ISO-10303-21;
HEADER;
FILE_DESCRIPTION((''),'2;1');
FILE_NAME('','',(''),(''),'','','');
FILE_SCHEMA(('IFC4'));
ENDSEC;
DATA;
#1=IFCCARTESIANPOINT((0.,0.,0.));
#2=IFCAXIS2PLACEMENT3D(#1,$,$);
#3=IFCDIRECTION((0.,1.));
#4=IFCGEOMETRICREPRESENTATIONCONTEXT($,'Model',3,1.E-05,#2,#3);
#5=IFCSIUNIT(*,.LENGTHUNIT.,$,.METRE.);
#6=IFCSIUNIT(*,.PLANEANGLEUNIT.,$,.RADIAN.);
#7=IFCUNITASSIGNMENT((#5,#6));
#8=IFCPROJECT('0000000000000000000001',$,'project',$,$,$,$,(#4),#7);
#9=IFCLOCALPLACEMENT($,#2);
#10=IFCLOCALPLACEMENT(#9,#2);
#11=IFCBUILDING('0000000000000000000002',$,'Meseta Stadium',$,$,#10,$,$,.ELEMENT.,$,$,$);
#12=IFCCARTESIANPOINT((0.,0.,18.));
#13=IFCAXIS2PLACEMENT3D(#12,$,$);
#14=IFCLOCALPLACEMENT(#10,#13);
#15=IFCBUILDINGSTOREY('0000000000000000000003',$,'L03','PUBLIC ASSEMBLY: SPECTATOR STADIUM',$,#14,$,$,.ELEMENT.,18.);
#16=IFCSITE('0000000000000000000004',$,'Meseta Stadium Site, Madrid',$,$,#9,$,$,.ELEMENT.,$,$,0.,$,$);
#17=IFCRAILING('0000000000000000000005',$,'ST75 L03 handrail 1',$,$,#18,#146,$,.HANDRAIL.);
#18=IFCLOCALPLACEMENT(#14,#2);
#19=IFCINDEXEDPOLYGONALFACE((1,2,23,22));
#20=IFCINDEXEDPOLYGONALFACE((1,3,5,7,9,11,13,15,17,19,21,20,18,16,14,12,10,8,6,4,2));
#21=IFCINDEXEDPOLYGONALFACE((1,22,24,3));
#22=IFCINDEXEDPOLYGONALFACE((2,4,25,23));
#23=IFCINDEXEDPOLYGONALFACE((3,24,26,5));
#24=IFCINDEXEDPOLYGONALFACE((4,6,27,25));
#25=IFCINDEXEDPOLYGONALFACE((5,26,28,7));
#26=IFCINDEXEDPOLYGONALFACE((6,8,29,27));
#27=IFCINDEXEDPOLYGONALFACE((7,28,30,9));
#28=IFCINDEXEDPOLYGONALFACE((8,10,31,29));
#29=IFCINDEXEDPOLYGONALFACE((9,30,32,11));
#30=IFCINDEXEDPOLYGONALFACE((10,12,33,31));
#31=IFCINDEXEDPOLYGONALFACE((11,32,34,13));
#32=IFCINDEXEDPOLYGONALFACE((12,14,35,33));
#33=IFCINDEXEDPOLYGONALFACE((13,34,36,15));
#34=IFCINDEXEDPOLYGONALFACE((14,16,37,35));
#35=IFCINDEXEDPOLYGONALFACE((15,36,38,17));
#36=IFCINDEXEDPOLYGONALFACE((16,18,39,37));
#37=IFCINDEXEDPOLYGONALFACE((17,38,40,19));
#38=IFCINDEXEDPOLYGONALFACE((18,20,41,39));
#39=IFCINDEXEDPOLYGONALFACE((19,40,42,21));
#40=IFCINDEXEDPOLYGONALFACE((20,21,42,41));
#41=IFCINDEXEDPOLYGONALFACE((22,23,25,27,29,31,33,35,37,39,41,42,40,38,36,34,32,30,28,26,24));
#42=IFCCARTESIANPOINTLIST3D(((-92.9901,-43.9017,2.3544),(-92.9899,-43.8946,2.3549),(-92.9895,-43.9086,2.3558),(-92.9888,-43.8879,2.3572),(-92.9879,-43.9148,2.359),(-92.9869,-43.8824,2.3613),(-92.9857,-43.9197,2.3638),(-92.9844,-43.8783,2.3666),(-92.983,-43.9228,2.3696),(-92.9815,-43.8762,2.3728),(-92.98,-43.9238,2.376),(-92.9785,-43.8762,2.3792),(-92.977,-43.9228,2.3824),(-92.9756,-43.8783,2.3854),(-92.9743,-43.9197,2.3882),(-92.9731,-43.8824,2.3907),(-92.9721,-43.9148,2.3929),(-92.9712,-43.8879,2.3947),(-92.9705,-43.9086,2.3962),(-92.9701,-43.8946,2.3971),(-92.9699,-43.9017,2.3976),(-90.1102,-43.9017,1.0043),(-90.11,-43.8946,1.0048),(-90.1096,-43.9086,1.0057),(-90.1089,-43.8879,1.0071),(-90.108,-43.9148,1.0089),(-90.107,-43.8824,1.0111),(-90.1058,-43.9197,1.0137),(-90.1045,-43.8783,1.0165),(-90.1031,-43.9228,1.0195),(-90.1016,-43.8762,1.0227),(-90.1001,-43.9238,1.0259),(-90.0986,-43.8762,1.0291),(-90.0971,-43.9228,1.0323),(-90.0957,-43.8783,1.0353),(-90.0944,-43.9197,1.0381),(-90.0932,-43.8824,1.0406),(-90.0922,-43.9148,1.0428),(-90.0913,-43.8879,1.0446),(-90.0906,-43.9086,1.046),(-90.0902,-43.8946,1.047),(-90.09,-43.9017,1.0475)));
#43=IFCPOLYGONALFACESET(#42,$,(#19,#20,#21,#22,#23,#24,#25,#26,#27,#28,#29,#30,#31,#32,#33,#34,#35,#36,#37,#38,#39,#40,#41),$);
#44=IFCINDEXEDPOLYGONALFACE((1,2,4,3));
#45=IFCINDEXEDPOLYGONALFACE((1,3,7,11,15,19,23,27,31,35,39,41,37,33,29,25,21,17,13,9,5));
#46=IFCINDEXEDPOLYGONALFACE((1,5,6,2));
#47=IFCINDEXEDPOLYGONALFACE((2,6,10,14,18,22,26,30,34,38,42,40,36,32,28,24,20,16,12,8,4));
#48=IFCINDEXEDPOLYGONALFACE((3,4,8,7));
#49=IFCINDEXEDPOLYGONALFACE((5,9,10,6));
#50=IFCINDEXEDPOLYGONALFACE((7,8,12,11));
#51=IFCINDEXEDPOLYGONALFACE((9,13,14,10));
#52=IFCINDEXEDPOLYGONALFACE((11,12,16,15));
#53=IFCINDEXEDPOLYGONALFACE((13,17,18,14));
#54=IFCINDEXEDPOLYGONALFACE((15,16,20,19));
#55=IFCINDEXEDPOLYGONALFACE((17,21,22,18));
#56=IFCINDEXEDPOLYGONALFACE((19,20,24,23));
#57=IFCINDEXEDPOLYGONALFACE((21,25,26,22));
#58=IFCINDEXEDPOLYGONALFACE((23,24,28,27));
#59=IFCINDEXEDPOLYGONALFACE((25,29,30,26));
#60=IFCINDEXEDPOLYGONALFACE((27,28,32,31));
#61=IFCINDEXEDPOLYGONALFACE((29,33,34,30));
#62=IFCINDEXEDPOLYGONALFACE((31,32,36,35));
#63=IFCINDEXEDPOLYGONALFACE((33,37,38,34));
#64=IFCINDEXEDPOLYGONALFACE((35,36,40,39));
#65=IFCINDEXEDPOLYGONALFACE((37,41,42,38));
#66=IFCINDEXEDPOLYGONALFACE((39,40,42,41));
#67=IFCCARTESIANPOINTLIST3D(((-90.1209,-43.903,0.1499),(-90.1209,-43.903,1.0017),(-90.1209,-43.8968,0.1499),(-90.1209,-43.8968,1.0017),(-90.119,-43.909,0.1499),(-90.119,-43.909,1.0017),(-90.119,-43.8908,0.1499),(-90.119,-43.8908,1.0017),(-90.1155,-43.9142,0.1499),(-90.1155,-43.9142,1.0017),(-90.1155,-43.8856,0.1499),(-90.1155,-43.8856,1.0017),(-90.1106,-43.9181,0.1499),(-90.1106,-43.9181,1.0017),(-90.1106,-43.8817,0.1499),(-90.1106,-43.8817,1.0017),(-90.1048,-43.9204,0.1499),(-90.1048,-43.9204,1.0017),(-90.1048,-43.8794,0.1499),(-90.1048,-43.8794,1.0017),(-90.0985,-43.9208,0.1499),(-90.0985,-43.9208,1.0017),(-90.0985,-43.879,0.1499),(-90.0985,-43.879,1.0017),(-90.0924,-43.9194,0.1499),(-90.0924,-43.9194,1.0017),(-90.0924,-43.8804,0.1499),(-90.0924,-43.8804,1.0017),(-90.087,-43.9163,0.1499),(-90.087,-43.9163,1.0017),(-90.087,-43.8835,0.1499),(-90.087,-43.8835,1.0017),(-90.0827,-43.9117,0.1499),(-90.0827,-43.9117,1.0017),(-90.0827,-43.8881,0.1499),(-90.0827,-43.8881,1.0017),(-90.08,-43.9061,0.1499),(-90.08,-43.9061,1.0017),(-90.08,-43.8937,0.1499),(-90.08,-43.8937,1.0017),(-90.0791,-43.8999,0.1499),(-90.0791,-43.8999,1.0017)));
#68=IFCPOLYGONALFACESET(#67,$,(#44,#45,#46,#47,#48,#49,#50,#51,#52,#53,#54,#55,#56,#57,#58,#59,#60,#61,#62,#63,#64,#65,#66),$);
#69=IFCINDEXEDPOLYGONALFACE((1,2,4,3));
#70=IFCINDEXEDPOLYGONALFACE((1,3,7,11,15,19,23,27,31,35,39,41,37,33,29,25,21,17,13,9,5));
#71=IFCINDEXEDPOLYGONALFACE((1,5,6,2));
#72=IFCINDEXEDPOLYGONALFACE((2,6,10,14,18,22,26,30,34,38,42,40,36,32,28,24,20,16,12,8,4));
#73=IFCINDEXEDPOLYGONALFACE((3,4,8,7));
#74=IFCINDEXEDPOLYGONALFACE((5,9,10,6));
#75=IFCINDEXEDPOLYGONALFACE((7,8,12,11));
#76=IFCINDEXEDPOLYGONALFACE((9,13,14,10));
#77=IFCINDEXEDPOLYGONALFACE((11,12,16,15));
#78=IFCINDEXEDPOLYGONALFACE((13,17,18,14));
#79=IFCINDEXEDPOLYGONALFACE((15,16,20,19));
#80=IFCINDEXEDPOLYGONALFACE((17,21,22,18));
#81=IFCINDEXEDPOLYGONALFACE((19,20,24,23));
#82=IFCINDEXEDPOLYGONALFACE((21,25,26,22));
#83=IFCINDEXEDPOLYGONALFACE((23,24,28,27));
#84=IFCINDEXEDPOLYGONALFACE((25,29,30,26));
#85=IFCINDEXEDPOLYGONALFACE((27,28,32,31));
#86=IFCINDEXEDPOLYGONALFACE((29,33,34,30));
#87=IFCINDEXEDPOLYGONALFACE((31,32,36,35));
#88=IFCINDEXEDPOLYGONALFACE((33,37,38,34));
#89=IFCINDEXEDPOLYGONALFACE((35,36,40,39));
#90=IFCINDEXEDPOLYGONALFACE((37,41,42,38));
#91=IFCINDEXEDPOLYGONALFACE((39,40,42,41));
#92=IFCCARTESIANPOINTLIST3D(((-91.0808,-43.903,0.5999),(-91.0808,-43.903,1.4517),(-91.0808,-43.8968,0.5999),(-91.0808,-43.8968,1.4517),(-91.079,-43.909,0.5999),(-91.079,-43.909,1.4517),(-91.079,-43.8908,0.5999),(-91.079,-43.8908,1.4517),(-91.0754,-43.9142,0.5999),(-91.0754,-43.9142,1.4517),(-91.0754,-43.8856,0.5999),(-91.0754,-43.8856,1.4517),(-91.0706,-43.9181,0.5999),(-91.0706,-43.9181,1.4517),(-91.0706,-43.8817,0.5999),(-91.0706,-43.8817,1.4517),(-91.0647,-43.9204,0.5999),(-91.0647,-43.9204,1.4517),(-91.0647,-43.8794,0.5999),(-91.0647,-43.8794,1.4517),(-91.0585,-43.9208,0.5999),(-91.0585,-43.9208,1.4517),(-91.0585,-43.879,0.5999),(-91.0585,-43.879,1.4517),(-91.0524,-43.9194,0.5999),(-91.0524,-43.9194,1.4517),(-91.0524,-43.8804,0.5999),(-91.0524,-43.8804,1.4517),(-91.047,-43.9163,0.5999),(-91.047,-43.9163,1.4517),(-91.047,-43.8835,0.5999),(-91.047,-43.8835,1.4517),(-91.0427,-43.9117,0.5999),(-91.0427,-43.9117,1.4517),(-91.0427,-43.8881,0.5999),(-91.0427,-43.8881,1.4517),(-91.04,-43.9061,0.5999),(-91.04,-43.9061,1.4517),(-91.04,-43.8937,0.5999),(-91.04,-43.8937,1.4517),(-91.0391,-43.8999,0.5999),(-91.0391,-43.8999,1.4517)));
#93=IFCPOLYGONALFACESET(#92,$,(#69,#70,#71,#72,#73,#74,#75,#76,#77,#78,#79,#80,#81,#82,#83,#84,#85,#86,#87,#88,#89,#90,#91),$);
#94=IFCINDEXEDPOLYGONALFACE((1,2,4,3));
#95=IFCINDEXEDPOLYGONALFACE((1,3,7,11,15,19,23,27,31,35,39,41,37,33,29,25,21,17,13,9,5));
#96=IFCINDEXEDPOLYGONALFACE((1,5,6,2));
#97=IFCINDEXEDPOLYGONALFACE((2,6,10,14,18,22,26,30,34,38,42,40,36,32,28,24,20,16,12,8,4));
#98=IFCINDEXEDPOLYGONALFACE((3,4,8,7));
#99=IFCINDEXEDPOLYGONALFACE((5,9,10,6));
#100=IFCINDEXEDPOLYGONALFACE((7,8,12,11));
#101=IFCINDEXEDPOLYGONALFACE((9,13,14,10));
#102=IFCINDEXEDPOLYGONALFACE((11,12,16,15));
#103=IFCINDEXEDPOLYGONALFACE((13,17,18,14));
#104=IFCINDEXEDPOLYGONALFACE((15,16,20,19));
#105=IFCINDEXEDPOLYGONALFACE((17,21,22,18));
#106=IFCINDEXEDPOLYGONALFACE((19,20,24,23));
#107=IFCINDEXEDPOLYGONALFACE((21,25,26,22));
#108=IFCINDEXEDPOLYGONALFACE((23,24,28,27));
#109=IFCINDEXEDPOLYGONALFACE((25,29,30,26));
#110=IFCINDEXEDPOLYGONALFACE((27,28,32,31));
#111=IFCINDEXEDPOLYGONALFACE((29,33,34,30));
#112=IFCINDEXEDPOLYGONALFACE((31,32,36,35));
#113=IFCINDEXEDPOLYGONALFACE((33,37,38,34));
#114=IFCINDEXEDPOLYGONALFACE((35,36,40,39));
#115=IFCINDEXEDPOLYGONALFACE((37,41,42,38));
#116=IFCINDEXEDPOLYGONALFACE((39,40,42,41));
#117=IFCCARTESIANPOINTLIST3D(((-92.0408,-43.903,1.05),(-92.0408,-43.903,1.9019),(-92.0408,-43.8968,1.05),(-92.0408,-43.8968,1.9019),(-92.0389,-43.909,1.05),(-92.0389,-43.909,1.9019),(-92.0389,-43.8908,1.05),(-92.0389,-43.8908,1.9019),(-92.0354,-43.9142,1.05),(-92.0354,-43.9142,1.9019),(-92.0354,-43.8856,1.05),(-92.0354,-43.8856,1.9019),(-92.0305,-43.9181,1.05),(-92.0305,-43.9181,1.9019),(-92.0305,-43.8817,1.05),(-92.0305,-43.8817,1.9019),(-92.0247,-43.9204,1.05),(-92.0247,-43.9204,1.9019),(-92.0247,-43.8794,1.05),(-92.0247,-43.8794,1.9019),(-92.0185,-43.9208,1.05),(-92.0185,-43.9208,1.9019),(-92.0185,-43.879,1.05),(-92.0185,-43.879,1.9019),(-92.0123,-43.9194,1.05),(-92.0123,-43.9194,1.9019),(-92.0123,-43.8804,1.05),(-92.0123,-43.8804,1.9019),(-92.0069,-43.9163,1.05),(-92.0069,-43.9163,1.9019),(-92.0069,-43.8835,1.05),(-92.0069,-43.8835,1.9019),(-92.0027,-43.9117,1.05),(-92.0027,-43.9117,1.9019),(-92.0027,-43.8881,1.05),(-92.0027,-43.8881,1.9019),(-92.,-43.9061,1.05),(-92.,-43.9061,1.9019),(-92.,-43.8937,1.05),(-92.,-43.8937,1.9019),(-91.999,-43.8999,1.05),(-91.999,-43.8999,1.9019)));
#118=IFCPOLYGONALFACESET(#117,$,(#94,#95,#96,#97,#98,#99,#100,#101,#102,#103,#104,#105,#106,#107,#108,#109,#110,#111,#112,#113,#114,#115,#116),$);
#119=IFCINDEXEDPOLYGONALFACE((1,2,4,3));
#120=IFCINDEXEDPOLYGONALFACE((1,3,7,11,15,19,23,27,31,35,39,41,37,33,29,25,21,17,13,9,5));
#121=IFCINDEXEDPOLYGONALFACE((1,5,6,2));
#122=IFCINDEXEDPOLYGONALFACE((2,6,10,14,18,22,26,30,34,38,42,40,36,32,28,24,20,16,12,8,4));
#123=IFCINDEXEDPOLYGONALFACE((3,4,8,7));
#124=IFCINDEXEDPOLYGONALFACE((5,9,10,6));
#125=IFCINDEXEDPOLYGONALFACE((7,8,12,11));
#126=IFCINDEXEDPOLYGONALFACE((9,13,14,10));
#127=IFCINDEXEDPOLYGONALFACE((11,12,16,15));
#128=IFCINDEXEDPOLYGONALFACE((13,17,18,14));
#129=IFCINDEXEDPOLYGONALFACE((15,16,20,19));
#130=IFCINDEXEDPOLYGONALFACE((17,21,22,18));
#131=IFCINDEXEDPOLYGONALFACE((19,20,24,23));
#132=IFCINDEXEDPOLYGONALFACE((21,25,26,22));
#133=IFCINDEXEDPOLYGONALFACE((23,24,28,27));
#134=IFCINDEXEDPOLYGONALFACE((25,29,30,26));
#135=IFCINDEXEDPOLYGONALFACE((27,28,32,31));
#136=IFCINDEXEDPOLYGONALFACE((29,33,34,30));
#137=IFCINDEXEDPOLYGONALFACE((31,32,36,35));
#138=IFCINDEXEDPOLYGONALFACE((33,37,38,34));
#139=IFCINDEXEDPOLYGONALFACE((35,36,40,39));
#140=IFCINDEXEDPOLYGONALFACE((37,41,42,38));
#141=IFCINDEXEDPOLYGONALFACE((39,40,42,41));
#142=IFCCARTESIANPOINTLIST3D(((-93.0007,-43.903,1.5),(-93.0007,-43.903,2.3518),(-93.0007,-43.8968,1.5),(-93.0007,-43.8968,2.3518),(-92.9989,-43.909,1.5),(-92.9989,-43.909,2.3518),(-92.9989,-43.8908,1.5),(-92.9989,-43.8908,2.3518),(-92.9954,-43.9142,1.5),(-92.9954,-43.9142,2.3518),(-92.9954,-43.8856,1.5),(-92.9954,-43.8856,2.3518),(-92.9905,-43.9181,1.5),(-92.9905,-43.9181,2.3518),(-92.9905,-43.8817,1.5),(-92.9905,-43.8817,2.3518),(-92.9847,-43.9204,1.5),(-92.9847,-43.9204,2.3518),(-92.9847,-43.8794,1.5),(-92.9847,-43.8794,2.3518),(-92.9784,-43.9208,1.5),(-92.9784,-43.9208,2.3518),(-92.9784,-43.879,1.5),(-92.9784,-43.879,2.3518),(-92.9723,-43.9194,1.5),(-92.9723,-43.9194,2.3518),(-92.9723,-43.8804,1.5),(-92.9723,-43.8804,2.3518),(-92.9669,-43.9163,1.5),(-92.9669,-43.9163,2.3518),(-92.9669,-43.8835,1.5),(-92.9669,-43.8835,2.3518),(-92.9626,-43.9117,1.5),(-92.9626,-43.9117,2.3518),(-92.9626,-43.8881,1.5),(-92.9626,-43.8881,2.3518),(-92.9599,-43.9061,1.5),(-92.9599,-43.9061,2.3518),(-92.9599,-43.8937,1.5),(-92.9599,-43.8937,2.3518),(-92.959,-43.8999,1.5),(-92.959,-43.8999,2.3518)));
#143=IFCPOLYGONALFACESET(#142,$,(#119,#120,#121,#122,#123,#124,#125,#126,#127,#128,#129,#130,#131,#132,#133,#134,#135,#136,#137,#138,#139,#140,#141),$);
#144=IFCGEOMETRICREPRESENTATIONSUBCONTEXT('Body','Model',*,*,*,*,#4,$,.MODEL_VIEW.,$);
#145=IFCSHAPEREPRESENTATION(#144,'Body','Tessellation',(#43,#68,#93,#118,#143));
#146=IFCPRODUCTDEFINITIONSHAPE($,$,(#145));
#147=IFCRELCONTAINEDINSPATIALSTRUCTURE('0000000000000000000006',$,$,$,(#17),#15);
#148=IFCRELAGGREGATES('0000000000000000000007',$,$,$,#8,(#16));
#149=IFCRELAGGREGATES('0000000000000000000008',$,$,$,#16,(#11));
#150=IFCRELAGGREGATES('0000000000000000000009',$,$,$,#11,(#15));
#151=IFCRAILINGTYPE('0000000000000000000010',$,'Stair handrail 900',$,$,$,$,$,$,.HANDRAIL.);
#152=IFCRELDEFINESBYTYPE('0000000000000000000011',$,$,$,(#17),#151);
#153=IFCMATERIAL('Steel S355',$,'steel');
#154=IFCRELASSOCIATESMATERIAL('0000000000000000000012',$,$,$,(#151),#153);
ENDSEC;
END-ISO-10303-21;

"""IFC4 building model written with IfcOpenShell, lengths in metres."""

from ifc_helpers import new_model, si_unit, direction, frame, origin, origin_2d, place, context, subcontext, project, spatial, circle, extrude, material, type_object, element, save


model = new_model("IFC4")

# Units and contexts
model_context = context("Model", 3, precision=1e-05, world=origin(), true_north=direction((0.0, 1.0)))
body_context = subcontext(model_context, "Body", "Model", "MODEL_VIEW")
ifc_project = project(units=[si_unit("LENGTHUNIT", "METRE"), si_unit("PLANEANGLEUNIT", "RADIAN")], contexts=[model_context])

# Site, building, storey
site_placement = place(None, origin())
site = spatial("IfcSite", under=ifc_project, at=site_placement, Name="Meseta Stadium Site, Madrid", CompositionType="ELEMENT", RefElevation=0.0)
building_placement = place(site_placement, origin())
building = spatial("IfcBuilding", under=site, at=building_placement, Name="Meseta Stadium", CompositionType="ELEMENT")
storey_placement = place(building_placement, frame((0.0, 0.0, 18.0)))
storey = spatial("IfcBuildingStorey", under=building, at=storey_placement, Name="L03", Description="PUBLIC ASSEMBLY: SPECTATOR STADIUM", CompositionType="ELEMENT", Elevation=18.0)

# Railing
ifc_material_1 = material(Name="Steel S355", Category="steel")
railing_type_1 = type_object("IfcRailingType", Name="Stair handrail 900", PredefinedType="HANDRAIL", material=ifc_material_1)
for number, where, name in (
    (1, (-90.1001, -43.8999, 0.1499), "ST75 L03 handrail 1"),
):
    element("IfcRailing", number, at=place(storey_placement, frame(where)), inside=storey, type_object=railing_type_1, Name=name, PredefinedType="HANDRAIL", context=body_context, shape_type="SweptSolid", body=[
        extrude(circle(Radius=0.0239, at=origin_2d()), frame((0.0, 0.0, 0.876), z_axis=(-0.90544, 0.0, 0.424473), x_axis=(0.0, -1.0, 0.0)), (0.0, 0.0, 1.0), 3.1807),
        extrude(circle(Radius=0.021, at=origin_2d()), origin(), (0.0, 0.0, 1.0), 0.8518),
        extrude(circle(Radius=0.021, at=origin_2d()), frame((-0.96, 0.0, 0.45)), (0.0, 0.0, 1.0), 0.8518),
        extrude(circle(Radius=0.021, at=origin_2d()), frame((-1.9199, 0.0, 0.9001)), (0.0, 0.0, 1.0), 0.8518),
        extrude(circle(Radius=0.021, at=origin_2d()), frame((-2.8799, 0.0, 1.3501)), (0.0, 0.0, 1.0), 0.8518),
    ])

save(model, "model.ifc")
